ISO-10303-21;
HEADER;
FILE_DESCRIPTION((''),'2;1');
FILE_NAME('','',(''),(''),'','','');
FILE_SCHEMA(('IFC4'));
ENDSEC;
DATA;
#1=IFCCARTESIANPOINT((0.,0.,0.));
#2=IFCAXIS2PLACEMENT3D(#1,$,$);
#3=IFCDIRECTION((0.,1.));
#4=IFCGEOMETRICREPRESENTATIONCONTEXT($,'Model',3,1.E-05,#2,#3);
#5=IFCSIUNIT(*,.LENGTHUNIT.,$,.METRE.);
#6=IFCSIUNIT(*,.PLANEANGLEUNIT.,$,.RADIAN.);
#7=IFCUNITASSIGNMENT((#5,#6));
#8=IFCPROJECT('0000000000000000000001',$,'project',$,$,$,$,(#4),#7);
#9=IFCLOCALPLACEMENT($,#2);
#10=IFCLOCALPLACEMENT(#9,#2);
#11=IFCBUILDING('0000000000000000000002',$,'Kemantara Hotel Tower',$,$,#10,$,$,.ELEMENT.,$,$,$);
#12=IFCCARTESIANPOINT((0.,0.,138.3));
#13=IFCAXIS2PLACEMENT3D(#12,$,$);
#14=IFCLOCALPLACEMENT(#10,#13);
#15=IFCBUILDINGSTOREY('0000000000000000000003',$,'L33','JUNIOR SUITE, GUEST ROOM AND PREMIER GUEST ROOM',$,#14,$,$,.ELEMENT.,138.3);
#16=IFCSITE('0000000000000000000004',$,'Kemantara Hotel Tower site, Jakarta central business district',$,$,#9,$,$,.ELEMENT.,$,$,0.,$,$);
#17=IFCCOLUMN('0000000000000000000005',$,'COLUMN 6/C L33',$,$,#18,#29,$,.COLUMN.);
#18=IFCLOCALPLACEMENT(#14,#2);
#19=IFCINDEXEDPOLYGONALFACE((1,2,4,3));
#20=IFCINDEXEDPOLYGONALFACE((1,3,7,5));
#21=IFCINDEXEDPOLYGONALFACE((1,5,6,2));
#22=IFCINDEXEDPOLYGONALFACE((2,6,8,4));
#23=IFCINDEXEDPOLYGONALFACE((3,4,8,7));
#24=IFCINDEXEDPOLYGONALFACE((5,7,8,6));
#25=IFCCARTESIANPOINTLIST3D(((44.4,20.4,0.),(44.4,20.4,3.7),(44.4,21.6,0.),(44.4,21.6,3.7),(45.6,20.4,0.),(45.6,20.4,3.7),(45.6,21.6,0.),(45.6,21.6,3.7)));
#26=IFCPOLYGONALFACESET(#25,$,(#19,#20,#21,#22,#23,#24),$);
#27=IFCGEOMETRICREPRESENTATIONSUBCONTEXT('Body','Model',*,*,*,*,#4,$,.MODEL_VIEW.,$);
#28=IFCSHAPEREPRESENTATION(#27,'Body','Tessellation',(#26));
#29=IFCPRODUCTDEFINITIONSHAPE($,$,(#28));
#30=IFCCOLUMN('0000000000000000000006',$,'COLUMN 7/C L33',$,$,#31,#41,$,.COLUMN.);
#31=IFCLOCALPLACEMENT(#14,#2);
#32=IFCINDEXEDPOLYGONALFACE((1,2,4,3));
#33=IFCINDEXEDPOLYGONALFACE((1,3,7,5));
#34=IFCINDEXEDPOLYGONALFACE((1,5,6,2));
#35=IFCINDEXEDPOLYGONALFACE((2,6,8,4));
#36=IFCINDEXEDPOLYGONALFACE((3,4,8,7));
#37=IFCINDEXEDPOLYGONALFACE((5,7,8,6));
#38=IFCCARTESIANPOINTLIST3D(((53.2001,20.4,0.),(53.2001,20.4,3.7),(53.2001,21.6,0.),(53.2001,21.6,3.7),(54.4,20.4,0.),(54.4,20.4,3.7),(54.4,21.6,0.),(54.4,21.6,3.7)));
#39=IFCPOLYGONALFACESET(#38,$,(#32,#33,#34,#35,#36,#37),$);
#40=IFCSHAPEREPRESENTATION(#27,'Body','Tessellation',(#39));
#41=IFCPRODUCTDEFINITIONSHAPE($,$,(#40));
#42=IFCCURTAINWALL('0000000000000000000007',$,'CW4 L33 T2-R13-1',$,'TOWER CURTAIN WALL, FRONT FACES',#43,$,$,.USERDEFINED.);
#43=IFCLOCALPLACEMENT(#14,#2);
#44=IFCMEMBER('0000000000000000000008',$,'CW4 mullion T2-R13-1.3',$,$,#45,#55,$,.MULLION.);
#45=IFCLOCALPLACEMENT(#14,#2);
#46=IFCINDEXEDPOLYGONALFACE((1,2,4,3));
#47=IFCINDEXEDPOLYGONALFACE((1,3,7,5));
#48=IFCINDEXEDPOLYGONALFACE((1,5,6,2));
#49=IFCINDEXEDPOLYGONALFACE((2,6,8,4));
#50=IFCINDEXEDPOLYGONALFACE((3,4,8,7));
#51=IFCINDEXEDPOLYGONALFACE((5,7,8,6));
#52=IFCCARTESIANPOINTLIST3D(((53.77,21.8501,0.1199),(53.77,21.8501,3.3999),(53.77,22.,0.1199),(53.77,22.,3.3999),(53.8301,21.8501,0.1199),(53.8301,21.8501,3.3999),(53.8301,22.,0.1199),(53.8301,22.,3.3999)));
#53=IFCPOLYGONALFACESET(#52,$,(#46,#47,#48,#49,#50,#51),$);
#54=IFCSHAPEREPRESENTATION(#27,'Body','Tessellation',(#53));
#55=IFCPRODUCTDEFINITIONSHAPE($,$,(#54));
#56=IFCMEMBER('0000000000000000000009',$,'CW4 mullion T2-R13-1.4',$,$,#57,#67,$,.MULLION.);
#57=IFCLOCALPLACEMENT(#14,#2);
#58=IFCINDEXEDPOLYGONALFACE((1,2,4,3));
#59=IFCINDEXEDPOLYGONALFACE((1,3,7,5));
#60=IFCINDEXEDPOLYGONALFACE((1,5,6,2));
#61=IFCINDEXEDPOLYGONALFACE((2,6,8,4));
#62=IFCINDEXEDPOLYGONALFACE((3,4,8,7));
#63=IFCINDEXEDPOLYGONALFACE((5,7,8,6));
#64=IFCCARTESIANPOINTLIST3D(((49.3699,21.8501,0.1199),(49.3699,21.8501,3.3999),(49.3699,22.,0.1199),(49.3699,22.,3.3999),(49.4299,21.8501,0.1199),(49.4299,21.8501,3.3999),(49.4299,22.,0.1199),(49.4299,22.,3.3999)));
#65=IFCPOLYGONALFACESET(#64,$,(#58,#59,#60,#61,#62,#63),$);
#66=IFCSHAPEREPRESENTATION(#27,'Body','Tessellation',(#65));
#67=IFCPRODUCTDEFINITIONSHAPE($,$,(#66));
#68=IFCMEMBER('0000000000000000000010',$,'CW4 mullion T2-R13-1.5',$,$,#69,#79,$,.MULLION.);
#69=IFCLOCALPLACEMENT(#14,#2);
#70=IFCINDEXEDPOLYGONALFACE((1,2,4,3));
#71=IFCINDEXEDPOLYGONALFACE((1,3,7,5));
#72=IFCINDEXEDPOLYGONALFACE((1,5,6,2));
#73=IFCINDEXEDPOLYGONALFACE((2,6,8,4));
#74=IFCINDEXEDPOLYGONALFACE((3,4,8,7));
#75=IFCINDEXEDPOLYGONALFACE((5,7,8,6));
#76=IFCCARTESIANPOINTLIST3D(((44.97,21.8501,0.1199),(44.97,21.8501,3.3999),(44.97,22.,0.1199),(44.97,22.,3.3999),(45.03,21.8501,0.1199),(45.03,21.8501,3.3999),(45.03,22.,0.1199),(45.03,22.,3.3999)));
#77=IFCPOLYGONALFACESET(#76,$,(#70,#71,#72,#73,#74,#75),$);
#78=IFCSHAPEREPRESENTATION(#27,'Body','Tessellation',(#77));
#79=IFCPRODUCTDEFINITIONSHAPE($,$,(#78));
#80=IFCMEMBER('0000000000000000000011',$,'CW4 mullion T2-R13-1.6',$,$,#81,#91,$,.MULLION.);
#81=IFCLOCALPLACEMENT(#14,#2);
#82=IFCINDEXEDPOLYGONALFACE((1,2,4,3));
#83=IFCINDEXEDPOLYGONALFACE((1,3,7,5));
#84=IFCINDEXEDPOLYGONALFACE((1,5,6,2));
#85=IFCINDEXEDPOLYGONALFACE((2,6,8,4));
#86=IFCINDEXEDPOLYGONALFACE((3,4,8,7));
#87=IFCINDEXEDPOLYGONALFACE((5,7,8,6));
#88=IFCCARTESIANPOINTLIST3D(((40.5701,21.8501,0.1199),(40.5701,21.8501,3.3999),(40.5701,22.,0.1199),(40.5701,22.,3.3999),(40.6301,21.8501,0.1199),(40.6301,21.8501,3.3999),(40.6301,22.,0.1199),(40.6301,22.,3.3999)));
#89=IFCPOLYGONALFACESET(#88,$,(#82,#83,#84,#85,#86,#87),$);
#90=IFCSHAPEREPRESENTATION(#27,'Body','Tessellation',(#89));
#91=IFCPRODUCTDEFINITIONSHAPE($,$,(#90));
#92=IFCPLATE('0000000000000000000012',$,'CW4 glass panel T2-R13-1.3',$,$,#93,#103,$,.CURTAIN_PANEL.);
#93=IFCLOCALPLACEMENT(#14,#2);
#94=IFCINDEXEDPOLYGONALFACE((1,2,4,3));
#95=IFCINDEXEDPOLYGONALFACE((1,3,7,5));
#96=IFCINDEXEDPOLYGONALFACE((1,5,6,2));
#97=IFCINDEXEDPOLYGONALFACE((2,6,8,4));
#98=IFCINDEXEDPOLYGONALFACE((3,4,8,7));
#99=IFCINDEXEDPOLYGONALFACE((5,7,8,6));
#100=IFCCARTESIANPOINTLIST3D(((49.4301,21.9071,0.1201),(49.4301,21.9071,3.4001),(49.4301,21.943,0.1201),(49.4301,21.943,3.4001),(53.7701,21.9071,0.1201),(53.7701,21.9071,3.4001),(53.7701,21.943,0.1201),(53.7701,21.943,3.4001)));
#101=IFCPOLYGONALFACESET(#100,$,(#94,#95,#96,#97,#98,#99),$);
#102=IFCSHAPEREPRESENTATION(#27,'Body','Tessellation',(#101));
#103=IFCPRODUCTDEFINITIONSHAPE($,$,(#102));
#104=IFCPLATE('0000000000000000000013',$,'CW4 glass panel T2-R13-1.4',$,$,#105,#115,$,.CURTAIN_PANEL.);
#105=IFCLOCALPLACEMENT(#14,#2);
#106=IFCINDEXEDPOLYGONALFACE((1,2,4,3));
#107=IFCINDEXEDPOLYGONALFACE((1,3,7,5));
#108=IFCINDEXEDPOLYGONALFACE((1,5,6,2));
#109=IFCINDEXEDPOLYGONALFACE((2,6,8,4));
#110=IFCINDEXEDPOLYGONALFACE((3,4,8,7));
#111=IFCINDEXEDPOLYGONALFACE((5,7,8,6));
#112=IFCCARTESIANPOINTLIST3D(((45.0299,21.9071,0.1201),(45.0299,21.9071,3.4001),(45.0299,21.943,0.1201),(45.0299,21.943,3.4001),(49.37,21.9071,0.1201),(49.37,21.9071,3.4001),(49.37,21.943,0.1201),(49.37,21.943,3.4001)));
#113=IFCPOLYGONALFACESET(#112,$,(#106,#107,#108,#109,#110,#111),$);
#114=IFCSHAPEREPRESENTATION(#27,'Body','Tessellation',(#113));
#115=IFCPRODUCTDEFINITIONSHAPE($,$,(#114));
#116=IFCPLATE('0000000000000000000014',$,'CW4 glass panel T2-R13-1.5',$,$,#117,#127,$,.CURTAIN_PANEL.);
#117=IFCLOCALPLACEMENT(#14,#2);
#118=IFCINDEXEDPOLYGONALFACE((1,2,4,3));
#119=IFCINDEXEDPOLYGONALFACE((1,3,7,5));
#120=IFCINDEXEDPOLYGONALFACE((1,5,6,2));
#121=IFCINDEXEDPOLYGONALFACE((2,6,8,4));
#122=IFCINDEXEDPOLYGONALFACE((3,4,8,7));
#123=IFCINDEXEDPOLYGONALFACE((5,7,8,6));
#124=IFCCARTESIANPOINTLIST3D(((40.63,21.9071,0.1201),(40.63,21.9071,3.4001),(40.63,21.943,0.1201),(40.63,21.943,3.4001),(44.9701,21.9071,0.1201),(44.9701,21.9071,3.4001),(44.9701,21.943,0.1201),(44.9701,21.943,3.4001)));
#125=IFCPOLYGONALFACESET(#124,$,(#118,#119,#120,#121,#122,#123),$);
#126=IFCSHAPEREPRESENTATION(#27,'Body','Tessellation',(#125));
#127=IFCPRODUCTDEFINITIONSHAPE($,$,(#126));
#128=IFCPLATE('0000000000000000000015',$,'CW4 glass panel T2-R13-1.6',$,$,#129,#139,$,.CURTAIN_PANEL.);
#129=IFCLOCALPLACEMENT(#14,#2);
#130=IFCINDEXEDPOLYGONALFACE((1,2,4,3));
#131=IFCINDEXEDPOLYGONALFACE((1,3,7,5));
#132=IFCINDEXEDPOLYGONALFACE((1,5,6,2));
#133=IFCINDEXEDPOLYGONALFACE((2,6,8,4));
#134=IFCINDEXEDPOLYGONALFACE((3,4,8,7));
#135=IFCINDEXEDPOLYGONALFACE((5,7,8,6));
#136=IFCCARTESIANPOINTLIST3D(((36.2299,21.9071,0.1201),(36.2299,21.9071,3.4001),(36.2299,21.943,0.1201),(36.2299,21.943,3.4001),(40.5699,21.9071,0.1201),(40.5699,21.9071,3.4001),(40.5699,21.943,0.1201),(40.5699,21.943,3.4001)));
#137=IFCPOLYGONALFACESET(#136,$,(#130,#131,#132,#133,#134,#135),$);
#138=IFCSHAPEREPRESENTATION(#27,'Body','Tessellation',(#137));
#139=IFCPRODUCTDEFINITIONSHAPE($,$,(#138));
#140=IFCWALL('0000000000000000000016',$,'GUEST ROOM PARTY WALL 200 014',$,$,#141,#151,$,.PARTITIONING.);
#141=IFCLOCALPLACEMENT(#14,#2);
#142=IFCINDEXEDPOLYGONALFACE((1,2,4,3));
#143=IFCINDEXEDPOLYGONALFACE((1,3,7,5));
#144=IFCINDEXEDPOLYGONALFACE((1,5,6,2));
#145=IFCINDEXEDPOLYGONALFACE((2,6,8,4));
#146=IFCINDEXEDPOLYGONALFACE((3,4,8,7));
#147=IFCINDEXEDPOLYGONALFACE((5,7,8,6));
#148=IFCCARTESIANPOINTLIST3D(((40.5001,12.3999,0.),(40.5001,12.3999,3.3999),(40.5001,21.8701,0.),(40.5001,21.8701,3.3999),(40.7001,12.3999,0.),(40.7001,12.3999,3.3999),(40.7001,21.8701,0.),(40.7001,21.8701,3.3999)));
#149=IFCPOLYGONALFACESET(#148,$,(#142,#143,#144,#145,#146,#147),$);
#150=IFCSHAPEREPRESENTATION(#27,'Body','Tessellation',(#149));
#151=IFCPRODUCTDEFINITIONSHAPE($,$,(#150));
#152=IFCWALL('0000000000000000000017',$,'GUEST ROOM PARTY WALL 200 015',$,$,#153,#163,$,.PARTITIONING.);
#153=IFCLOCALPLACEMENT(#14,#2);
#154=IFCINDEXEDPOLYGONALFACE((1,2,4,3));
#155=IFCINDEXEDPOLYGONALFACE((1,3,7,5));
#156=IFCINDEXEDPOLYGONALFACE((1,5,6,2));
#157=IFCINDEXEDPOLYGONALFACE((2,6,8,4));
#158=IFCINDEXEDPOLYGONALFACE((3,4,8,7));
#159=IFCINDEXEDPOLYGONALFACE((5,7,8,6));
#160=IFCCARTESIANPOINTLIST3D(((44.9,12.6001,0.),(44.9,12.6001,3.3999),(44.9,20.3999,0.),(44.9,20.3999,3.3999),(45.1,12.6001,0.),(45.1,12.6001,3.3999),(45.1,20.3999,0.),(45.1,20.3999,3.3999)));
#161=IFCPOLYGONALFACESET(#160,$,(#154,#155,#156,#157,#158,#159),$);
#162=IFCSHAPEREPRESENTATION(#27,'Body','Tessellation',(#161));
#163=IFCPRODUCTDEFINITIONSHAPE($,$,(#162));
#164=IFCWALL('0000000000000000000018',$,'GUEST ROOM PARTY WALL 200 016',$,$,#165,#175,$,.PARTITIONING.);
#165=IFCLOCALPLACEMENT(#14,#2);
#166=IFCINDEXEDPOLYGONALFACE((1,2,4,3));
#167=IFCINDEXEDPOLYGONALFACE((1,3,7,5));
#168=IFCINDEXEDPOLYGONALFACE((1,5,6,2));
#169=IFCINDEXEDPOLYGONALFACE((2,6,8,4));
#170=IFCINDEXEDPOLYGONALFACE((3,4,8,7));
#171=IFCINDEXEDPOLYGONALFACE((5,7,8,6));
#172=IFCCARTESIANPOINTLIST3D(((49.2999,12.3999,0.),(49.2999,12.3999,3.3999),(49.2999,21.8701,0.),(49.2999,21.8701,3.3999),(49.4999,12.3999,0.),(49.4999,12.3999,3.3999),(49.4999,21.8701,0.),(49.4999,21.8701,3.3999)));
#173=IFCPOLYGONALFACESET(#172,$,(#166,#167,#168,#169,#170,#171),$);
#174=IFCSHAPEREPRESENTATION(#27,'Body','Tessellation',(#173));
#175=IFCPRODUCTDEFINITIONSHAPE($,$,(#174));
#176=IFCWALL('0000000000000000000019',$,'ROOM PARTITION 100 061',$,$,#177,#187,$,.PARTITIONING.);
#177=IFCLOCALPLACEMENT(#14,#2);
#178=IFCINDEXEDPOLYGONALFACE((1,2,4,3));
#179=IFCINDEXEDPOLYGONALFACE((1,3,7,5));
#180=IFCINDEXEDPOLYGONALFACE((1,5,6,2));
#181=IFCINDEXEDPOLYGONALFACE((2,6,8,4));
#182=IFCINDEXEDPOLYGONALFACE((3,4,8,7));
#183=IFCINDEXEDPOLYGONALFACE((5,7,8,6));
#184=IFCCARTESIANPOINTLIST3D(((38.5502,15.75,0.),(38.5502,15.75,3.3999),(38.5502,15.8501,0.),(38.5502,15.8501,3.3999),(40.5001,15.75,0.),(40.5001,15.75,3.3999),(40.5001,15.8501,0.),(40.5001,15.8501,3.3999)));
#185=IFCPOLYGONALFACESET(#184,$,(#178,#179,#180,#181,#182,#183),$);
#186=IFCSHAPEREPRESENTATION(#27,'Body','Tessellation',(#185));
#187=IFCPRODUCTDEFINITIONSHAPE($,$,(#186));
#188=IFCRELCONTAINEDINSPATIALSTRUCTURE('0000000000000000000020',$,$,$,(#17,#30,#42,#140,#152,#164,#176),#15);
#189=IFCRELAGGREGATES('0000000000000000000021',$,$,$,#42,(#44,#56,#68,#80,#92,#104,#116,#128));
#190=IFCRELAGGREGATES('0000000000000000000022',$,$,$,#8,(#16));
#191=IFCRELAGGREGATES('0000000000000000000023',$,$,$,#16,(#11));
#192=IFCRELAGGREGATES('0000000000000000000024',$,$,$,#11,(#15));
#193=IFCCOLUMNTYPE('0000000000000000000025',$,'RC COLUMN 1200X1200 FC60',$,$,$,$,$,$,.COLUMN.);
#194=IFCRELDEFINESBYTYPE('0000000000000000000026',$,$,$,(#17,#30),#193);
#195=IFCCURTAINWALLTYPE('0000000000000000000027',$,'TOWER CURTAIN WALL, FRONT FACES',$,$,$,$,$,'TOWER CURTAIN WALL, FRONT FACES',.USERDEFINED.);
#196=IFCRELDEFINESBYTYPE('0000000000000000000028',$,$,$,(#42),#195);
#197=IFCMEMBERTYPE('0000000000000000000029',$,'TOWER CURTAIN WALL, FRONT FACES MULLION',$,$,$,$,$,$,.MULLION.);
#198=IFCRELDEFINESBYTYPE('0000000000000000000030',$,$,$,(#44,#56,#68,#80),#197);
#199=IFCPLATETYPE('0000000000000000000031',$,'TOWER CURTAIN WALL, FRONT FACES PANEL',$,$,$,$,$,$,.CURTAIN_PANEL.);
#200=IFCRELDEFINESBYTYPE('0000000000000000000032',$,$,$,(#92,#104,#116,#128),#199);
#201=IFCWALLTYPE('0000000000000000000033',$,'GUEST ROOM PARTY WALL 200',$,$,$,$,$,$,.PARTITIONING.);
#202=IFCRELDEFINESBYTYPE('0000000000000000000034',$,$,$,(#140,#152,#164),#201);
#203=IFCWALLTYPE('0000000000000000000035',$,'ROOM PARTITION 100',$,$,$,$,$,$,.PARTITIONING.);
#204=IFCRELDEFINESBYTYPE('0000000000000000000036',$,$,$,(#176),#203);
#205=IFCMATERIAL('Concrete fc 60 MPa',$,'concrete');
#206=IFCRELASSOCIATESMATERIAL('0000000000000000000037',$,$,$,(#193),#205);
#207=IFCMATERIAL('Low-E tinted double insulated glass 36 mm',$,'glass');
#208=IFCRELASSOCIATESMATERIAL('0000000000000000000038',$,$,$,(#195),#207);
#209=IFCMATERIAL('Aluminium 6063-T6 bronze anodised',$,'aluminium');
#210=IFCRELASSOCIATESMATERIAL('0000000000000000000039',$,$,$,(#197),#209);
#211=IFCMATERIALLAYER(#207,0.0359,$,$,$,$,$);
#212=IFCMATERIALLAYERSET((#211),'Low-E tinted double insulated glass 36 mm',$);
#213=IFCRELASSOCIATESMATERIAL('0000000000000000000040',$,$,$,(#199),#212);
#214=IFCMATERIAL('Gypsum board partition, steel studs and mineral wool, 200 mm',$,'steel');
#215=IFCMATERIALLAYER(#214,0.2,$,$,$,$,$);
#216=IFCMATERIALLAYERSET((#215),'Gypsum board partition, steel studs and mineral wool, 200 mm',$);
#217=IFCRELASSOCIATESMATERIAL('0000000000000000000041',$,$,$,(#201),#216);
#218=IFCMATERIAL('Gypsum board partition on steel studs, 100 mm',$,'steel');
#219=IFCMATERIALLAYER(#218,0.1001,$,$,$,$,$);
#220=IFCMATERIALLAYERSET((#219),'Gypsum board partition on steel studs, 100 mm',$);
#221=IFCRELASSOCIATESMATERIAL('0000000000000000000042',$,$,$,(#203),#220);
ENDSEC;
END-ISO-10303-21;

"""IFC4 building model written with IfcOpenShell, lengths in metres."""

from ifc_helpers import new_model, si_unit, direction, frame, frame_2d, origin, origin_2d, place, context, subcontext, project, spatial, rectangle, extrude, source, transform, mapped, material, layer, layer_set, material_profile, profile_set, type_object, element, aggregate, save


model = new_model("IFC4")

# Units and contexts
model_context = context("Model", 3, precision=1e-05, world=origin(), true_north=direction((0.0, 1.0)))
body_context = subcontext(model_context, "Body", "Model", "MODEL_VIEW")
ifc_project = project(units=[si_unit("LENGTHUNIT", "METRE"), si_unit("PLANEANGLEUNIT", "RADIAN")], contexts=[model_context])

# Site, building, storey
site_placement = place(None, origin())
site = spatial("IfcSite", under=ifc_project, at=site_placement, Name="Kemantara Hotel Tower site, Jakarta central business district", CompositionType="ELEMENT", RefElevation=0.0)
building_placement = place(site_placement, origin())
building = spatial("IfcBuilding", under=site, at=building_placement, Name="Kemantara Hotel Tower", CompositionType="ELEMENT")
storey_placement = place(building_placement, frame((0.0, 0.0, 138.3)))
storey = spatial("IfcBuildingStorey", under=building, at=storey_placement, Name="L33", Description="JUNIOR SUITE, GUEST ROOM AND PREMIER GUEST ROOM", CompositionType="ELEMENT", Elevation=138.3)

# Columns
ifc_material_1 = material(Name="Concrete fc 60 MPa", Category="concrete")
ifc_material_profile_1 = material_profile(ifc_material_1, rectangle(XDim=1.2, YDim=1.2, at=origin_2d()), Name="RC 1200X1200")
ifc_profile_set_1 = profile_set([ifc_material_profile_1], Name="Concrete fc 60 MPa")
column_type = type_object("IfcColumnType", Name="RC COLUMN 1200X1200 FC60", PredefinedType="COLUMN", material=ifc_profile_set_1)
for number, where, z_axis, x_axis, name in (
    (1, (45.0, 21.0, 0.0), (0.0, 0.0, 1.0), (1.0, 0.0, 0.0), "COLUMN 6/C L33"),
    (2, (53.8, 21.0, 0.0), (0.0, 0.0, 1.0), (1.0, 0.0, 0.0), "COLUMN 7/C L33"),
):
    element("IfcColumn", number, at=place(storey_placement, frame(where, z_axis=z_axis, x_axis=x_axis)), inside=storey, type_object=column_type, Name=name, PredefinedType="COLUMN", context=body_context, shape_type="SweptSolid", body=[
        extrude(rectangle(XDim=1.2, YDim=1.2, at=origin_2d()), origin(), (0.0, 0.0, 1.0), 3.7),
    ])

# Curtain wall, members, plates
ifc_material_2 = material(Name="Low-E tinted double insulated glass 36 mm", Category="glass")
curtain_wall_type = type_object("IfcCurtainWallType", Name="TOWER CURTAIN WALL, FRONT FACES", ElementType="TOWER CURTAIN WALL, FRONT FACES", PredefinedType="USERDEFINED", material=ifc_material_2)
curtain_wall_placement = place(storey_placement, origin())
curtain_wall = element("IfcCurtainWall", 3, at=curtain_wall_placement, inside=storey, type_object=curtain_wall_type, Name="CW4 L33 T2-R13-1", ObjectType="TOWER CURTAIN WALL, FRONT FACES", PredefinedType="USERDEFINED")
ifc_material_3 = material(Name="Aluminium 6063-T6 bronze anodised", Category="aluminium")
ifc_material_profile_2 = material_profile(ifc_material_3, rectangle(XDim=0.1499, YDim=0.0601, at=origin_2d()), Name="TOWER CURTAIN WALL, FRONT FACES MULLION")
ifc_profile_set_2 = profile_set([ifc_material_profile_2], Name="Aluminium 6063-T6 bronze anodised")
member_type = type_object("IfcMemberType", Name="TOWER CURTAIN WALL, FRONT FACES MULLION", PredefinedType="MULLION", material=ifc_profile_set_2)
shared_shape_1 = source(origin(), body_context, "Body", "SweptSolid", [
    extrude(rectangle(XDim=0.1499, YDim=0.0601, at=origin_2d()), origin(), (0.0, 0.0, 1.0), 3.28),
])
member_1_placement = place(storey_placement, frame((53.8, 21.925, 0.1199), z_axis=(0.0, 0.0, 1.0), x_axis=(0.0, -1.0, 0.0)))
member_1 = element("IfcMember", 4, at=member_1_placement, type_object=member_type, Name="CW4 mullion T2-R13-1.3", PredefinedType="MULLION", context=body_context, shape_type="MappedRepresentation", body=[
    mapped(shared_shape_1, transform((0.0, 0.0, 0.0))),
])
member_2_placement = place(storey_placement, frame((49.3999, 21.925, 0.1199), z_axis=(0.0, 0.0, 1.0), x_axis=(0.0, -1.0, 0.0)))
member_2 = element("IfcMember", 5, at=member_2_placement, type_object=member_type, Name="CW4 mullion T2-R13-1.4", PredefinedType="MULLION", context=body_context, shape_type="MappedRepresentation", body=[
    mapped(shared_shape_1, transform((0.0, 0.0, 0.0))),
])
member_3_placement = place(storey_placement, frame((45.0, 21.925, 0.1199), z_axis=(0.0, 0.0, 1.0), x_axis=(0.0, -1.0, 0.0)))
member_3 = element("IfcMember", 6, at=member_3_placement, type_object=member_type, Name="CW4 mullion T2-R13-1.5", PredefinedType="MULLION", context=body_context, shape_type="MappedRepresentation", body=[
    mapped(shared_shape_1, transform((0.0, 0.0, 0.0))),
])
member_4_placement = place(storey_placement, frame((40.6001, 21.925, 0.1199), z_axis=(0.0, 0.0, 1.0), x_axis=(0.0, -1.0, 0.0)))
member_4 = element("IfcMember", 7, at=member_4_placement, type_object=member_type, Name="CW4 mullion T2-R13-1.6", PredefinedType="MULLION", context=body_context, shape_type="MappedRepresentation", body=[
    mapped(shared_shape_1, transform((0.0, 0.0, 0.0))),
])
ifc_layer_1 = layer(ifc_material_2, 0.0359)
ifc_layer_set_1 = layer_set([ifc_layer_1], Name="Low-E tinted double insulated glass 36 mm")
plate_type = type_object("IfcPlateType", Name="TOWER CURTAIN WALL, FRONT FACES PANEL", PredefinedType="CURTAIN_PANEL", material=ifc_layer_set_1)
shared_shape_2 = source(origin(), body_context, "Body", "SweptSolid", [
    extrude(rectangle(XDim=4.3401, YDim=0.0359, at=origin_2d()), origin(), (0.0, 0.0, 1.0), 3.28),
])
plate_1_placement = place(storey_placement, frame((51.6001, 21.925, 0.1201), z_axis=(0.0, 0.0, 1.0), x_axis=(-1.0, 0.0, 0.0)))
plate_1 = element("IfcPlate", 8, at=plate_1_placement, type_object=plate_type, Name="CW4 glass panel T2-R13-1.3", PredefinedType="CURTAIN_PANEL", context=body_context, shape_type="MappedRepresentation", body=[
    mapped(shared_shape_2, transform((0.0, 0.0, 0.0))),
])
plate_2_placement = place(storey_placement, frame((47.2, 21.925, 0.1201), z_axis=(0.0, 0.0, 1.0), x_axis=(-1.0, 0.0, 0.0)))
plate_2 = element("IfcPlate", 9, at=plate_2_placement, type_object=plate_type, Name="CW4 glass panel T2-R13-1.4", PredefinedType="CURTAIN_PANEL", context=body_context, shape_type="MappedRepresentation", body=[
    mapped(shared_shape_2, transform((0.0, 0.0, 0.0))),
])
plate_3_placement = place(storey_placement, frame((42.8, 21.925, 0.1201), z_axis=(0.0, 0.0, 1.0), x_axis=(-1.0, 0.0, 0.0)))
plate_3 = element("IfcPlate", 10, at=plate_3_placement, type_object=plate_type, Name="CW4 glass panel T2-R13-1.5", PredefinedType="CURTAIN_PANEL", context=body_context, shape_type="MappedRepresentation", body=[
    mapped(shared_shape_2, transform((0.0, 0.0, 0.0))),
])
plate_4_placement = place(storey_placement, frame((38.3999, 21.925, 0.1201), z_axis=(0.0, 0.0, 1.0), x_axis=(-1.0, 0.0, 0.0)))
plate_4 = element("IfcPlate", 11, at=plate_4_placement, type_object=plate_type, Name="CW4 glass panel T2-R13-1.6", PredefinedType="CURTAIN_PANEL", context=body_context, shape_type="MappedRepresentation", body=[
    mapped(shared_shape_2, transform((0.0, 0.0, 0.0))),
])
aggregate(curtain_wall, [member_1, member_2, member_3, member_4, plate_1, plate_2, plate_3, plate_4])

# Walls
ifc_material_4 = material(Name="Gypsum board partition, steel studs and mineral wool, 200 mm", Category="steel")
ifc_layer_2 = layer(ifc_material_4, 0.2)
ifc_layer_set_2 = layer_set([ifc_layer_2], Name="Gypsum board partition, steel studs and mineral wool, 200 mm")
wall_type_1 = type_object("IfcWallType", Name="GUEST ROOM PARTY WALL 200", PredefinedType="PARTITIONING", material=ifc_layer_set_2)
wall_1_placement = place(storey_placement, frame((40.6001, 12.3999, 0.0), z_axis=(0.0, 0.0, 1.0), x_axis=(0.0, 1.0, 0.0)))
element("IfcWall", 12, at=wall_1_placement, inside=storey, type_object=wall_type_1, Name="GUEST ROOM PARTY WALL 200 014", PredefinedType="PARTITIONING", context=body_context, shape_type="SweptSolid", body=[
    extrude(rectangle(XDim=9.4702, YDim=0.2, at=frame_2d((4.7351, 0.0))), origin(), (0.0, 0.0, 1.0), 3.3999),
])
wall_2_placement = place(storey_placement, frame((45.0, 12.6001, 0.0), z_axis=(0.0, 0.0, 1.0), x_axis=(0.0, 1.0, 0.0)))
element("IfcWall", 13, at=wall_2_placement, inside=storey, type_object=wall_type_1, Name="GUEST ROOM PARTY WALL 200 015", PredefinedType="PARTITIONING", context=body_context, shape_type="SweptSolid", body=[
    extrude(rectangle(XDim=7.7998, YDim=0.2, at=frame_2d((3.8999, 0.0))), origin(), (0.0, 0.0, 1.0), 3.3999),
])
wall_3_placement = place(storey_placement, frame((49.3999, 12.3999, 0.0), z_axis=(0.0, 0.0, 1.0), x_axis=(0.0, 1.0, 0.0)))
element("IfcWall", 14, at=wall_3_placement, inside=storey, type_object=wall_type_1, Name="GUEST ROOM PARTY WALL 200 016", PredefinedType="PARTITIONING", context=body_context, shape_type="SweptSolid", body=[
    extrude(rectangle(XDim=9.4702, YDim=0.2, at=frame_2d((4.7351, 0.0))), origin(), (0.0, 0.0, 1.0), 3.3999),
])
ifc_material_5 = material(Name="Gypsum board partition on steel studs, 100 mm", Category="steel")
ifc_layer_3 = layer(ifc_material_5, 0.1001)
ifc_layer_set_3 = layer_set([ifc_layer_3], Name="Gypsum board partition on steel studs, 100 mm")
wall_type_2 = type_object("IfcWallType", Name="ROOM PARTITION 100", PredefinedType="PARTITIONING", material=ifc_layer_set_3)
for number, where, z_axis, x_axis, name in (
    (15, (38.55, 15.8, 0.0), (0.0, 0.0, 1.0), (1.0, 0.0, 0.0), "ROOM PARTITION 100 061"),
):
    element("IfcWall", number, at=place(storey_placement, frame(where, z_axis=z_axis, x_axis=x_axis)), inside=storey, type_object=wall_type_2, Name=name, PredefinedType="PARTITIONING", context=body_context, shape_type="SweptSolid", body=[
        extrude(rectangle(XDim=1.95, YDim=0.1001, at=frame_2d((0.9751, 0.0))), origin(), (0.0, 0.0, 1.0), 3.3999),
    ])

save(model, "model.ifc")
